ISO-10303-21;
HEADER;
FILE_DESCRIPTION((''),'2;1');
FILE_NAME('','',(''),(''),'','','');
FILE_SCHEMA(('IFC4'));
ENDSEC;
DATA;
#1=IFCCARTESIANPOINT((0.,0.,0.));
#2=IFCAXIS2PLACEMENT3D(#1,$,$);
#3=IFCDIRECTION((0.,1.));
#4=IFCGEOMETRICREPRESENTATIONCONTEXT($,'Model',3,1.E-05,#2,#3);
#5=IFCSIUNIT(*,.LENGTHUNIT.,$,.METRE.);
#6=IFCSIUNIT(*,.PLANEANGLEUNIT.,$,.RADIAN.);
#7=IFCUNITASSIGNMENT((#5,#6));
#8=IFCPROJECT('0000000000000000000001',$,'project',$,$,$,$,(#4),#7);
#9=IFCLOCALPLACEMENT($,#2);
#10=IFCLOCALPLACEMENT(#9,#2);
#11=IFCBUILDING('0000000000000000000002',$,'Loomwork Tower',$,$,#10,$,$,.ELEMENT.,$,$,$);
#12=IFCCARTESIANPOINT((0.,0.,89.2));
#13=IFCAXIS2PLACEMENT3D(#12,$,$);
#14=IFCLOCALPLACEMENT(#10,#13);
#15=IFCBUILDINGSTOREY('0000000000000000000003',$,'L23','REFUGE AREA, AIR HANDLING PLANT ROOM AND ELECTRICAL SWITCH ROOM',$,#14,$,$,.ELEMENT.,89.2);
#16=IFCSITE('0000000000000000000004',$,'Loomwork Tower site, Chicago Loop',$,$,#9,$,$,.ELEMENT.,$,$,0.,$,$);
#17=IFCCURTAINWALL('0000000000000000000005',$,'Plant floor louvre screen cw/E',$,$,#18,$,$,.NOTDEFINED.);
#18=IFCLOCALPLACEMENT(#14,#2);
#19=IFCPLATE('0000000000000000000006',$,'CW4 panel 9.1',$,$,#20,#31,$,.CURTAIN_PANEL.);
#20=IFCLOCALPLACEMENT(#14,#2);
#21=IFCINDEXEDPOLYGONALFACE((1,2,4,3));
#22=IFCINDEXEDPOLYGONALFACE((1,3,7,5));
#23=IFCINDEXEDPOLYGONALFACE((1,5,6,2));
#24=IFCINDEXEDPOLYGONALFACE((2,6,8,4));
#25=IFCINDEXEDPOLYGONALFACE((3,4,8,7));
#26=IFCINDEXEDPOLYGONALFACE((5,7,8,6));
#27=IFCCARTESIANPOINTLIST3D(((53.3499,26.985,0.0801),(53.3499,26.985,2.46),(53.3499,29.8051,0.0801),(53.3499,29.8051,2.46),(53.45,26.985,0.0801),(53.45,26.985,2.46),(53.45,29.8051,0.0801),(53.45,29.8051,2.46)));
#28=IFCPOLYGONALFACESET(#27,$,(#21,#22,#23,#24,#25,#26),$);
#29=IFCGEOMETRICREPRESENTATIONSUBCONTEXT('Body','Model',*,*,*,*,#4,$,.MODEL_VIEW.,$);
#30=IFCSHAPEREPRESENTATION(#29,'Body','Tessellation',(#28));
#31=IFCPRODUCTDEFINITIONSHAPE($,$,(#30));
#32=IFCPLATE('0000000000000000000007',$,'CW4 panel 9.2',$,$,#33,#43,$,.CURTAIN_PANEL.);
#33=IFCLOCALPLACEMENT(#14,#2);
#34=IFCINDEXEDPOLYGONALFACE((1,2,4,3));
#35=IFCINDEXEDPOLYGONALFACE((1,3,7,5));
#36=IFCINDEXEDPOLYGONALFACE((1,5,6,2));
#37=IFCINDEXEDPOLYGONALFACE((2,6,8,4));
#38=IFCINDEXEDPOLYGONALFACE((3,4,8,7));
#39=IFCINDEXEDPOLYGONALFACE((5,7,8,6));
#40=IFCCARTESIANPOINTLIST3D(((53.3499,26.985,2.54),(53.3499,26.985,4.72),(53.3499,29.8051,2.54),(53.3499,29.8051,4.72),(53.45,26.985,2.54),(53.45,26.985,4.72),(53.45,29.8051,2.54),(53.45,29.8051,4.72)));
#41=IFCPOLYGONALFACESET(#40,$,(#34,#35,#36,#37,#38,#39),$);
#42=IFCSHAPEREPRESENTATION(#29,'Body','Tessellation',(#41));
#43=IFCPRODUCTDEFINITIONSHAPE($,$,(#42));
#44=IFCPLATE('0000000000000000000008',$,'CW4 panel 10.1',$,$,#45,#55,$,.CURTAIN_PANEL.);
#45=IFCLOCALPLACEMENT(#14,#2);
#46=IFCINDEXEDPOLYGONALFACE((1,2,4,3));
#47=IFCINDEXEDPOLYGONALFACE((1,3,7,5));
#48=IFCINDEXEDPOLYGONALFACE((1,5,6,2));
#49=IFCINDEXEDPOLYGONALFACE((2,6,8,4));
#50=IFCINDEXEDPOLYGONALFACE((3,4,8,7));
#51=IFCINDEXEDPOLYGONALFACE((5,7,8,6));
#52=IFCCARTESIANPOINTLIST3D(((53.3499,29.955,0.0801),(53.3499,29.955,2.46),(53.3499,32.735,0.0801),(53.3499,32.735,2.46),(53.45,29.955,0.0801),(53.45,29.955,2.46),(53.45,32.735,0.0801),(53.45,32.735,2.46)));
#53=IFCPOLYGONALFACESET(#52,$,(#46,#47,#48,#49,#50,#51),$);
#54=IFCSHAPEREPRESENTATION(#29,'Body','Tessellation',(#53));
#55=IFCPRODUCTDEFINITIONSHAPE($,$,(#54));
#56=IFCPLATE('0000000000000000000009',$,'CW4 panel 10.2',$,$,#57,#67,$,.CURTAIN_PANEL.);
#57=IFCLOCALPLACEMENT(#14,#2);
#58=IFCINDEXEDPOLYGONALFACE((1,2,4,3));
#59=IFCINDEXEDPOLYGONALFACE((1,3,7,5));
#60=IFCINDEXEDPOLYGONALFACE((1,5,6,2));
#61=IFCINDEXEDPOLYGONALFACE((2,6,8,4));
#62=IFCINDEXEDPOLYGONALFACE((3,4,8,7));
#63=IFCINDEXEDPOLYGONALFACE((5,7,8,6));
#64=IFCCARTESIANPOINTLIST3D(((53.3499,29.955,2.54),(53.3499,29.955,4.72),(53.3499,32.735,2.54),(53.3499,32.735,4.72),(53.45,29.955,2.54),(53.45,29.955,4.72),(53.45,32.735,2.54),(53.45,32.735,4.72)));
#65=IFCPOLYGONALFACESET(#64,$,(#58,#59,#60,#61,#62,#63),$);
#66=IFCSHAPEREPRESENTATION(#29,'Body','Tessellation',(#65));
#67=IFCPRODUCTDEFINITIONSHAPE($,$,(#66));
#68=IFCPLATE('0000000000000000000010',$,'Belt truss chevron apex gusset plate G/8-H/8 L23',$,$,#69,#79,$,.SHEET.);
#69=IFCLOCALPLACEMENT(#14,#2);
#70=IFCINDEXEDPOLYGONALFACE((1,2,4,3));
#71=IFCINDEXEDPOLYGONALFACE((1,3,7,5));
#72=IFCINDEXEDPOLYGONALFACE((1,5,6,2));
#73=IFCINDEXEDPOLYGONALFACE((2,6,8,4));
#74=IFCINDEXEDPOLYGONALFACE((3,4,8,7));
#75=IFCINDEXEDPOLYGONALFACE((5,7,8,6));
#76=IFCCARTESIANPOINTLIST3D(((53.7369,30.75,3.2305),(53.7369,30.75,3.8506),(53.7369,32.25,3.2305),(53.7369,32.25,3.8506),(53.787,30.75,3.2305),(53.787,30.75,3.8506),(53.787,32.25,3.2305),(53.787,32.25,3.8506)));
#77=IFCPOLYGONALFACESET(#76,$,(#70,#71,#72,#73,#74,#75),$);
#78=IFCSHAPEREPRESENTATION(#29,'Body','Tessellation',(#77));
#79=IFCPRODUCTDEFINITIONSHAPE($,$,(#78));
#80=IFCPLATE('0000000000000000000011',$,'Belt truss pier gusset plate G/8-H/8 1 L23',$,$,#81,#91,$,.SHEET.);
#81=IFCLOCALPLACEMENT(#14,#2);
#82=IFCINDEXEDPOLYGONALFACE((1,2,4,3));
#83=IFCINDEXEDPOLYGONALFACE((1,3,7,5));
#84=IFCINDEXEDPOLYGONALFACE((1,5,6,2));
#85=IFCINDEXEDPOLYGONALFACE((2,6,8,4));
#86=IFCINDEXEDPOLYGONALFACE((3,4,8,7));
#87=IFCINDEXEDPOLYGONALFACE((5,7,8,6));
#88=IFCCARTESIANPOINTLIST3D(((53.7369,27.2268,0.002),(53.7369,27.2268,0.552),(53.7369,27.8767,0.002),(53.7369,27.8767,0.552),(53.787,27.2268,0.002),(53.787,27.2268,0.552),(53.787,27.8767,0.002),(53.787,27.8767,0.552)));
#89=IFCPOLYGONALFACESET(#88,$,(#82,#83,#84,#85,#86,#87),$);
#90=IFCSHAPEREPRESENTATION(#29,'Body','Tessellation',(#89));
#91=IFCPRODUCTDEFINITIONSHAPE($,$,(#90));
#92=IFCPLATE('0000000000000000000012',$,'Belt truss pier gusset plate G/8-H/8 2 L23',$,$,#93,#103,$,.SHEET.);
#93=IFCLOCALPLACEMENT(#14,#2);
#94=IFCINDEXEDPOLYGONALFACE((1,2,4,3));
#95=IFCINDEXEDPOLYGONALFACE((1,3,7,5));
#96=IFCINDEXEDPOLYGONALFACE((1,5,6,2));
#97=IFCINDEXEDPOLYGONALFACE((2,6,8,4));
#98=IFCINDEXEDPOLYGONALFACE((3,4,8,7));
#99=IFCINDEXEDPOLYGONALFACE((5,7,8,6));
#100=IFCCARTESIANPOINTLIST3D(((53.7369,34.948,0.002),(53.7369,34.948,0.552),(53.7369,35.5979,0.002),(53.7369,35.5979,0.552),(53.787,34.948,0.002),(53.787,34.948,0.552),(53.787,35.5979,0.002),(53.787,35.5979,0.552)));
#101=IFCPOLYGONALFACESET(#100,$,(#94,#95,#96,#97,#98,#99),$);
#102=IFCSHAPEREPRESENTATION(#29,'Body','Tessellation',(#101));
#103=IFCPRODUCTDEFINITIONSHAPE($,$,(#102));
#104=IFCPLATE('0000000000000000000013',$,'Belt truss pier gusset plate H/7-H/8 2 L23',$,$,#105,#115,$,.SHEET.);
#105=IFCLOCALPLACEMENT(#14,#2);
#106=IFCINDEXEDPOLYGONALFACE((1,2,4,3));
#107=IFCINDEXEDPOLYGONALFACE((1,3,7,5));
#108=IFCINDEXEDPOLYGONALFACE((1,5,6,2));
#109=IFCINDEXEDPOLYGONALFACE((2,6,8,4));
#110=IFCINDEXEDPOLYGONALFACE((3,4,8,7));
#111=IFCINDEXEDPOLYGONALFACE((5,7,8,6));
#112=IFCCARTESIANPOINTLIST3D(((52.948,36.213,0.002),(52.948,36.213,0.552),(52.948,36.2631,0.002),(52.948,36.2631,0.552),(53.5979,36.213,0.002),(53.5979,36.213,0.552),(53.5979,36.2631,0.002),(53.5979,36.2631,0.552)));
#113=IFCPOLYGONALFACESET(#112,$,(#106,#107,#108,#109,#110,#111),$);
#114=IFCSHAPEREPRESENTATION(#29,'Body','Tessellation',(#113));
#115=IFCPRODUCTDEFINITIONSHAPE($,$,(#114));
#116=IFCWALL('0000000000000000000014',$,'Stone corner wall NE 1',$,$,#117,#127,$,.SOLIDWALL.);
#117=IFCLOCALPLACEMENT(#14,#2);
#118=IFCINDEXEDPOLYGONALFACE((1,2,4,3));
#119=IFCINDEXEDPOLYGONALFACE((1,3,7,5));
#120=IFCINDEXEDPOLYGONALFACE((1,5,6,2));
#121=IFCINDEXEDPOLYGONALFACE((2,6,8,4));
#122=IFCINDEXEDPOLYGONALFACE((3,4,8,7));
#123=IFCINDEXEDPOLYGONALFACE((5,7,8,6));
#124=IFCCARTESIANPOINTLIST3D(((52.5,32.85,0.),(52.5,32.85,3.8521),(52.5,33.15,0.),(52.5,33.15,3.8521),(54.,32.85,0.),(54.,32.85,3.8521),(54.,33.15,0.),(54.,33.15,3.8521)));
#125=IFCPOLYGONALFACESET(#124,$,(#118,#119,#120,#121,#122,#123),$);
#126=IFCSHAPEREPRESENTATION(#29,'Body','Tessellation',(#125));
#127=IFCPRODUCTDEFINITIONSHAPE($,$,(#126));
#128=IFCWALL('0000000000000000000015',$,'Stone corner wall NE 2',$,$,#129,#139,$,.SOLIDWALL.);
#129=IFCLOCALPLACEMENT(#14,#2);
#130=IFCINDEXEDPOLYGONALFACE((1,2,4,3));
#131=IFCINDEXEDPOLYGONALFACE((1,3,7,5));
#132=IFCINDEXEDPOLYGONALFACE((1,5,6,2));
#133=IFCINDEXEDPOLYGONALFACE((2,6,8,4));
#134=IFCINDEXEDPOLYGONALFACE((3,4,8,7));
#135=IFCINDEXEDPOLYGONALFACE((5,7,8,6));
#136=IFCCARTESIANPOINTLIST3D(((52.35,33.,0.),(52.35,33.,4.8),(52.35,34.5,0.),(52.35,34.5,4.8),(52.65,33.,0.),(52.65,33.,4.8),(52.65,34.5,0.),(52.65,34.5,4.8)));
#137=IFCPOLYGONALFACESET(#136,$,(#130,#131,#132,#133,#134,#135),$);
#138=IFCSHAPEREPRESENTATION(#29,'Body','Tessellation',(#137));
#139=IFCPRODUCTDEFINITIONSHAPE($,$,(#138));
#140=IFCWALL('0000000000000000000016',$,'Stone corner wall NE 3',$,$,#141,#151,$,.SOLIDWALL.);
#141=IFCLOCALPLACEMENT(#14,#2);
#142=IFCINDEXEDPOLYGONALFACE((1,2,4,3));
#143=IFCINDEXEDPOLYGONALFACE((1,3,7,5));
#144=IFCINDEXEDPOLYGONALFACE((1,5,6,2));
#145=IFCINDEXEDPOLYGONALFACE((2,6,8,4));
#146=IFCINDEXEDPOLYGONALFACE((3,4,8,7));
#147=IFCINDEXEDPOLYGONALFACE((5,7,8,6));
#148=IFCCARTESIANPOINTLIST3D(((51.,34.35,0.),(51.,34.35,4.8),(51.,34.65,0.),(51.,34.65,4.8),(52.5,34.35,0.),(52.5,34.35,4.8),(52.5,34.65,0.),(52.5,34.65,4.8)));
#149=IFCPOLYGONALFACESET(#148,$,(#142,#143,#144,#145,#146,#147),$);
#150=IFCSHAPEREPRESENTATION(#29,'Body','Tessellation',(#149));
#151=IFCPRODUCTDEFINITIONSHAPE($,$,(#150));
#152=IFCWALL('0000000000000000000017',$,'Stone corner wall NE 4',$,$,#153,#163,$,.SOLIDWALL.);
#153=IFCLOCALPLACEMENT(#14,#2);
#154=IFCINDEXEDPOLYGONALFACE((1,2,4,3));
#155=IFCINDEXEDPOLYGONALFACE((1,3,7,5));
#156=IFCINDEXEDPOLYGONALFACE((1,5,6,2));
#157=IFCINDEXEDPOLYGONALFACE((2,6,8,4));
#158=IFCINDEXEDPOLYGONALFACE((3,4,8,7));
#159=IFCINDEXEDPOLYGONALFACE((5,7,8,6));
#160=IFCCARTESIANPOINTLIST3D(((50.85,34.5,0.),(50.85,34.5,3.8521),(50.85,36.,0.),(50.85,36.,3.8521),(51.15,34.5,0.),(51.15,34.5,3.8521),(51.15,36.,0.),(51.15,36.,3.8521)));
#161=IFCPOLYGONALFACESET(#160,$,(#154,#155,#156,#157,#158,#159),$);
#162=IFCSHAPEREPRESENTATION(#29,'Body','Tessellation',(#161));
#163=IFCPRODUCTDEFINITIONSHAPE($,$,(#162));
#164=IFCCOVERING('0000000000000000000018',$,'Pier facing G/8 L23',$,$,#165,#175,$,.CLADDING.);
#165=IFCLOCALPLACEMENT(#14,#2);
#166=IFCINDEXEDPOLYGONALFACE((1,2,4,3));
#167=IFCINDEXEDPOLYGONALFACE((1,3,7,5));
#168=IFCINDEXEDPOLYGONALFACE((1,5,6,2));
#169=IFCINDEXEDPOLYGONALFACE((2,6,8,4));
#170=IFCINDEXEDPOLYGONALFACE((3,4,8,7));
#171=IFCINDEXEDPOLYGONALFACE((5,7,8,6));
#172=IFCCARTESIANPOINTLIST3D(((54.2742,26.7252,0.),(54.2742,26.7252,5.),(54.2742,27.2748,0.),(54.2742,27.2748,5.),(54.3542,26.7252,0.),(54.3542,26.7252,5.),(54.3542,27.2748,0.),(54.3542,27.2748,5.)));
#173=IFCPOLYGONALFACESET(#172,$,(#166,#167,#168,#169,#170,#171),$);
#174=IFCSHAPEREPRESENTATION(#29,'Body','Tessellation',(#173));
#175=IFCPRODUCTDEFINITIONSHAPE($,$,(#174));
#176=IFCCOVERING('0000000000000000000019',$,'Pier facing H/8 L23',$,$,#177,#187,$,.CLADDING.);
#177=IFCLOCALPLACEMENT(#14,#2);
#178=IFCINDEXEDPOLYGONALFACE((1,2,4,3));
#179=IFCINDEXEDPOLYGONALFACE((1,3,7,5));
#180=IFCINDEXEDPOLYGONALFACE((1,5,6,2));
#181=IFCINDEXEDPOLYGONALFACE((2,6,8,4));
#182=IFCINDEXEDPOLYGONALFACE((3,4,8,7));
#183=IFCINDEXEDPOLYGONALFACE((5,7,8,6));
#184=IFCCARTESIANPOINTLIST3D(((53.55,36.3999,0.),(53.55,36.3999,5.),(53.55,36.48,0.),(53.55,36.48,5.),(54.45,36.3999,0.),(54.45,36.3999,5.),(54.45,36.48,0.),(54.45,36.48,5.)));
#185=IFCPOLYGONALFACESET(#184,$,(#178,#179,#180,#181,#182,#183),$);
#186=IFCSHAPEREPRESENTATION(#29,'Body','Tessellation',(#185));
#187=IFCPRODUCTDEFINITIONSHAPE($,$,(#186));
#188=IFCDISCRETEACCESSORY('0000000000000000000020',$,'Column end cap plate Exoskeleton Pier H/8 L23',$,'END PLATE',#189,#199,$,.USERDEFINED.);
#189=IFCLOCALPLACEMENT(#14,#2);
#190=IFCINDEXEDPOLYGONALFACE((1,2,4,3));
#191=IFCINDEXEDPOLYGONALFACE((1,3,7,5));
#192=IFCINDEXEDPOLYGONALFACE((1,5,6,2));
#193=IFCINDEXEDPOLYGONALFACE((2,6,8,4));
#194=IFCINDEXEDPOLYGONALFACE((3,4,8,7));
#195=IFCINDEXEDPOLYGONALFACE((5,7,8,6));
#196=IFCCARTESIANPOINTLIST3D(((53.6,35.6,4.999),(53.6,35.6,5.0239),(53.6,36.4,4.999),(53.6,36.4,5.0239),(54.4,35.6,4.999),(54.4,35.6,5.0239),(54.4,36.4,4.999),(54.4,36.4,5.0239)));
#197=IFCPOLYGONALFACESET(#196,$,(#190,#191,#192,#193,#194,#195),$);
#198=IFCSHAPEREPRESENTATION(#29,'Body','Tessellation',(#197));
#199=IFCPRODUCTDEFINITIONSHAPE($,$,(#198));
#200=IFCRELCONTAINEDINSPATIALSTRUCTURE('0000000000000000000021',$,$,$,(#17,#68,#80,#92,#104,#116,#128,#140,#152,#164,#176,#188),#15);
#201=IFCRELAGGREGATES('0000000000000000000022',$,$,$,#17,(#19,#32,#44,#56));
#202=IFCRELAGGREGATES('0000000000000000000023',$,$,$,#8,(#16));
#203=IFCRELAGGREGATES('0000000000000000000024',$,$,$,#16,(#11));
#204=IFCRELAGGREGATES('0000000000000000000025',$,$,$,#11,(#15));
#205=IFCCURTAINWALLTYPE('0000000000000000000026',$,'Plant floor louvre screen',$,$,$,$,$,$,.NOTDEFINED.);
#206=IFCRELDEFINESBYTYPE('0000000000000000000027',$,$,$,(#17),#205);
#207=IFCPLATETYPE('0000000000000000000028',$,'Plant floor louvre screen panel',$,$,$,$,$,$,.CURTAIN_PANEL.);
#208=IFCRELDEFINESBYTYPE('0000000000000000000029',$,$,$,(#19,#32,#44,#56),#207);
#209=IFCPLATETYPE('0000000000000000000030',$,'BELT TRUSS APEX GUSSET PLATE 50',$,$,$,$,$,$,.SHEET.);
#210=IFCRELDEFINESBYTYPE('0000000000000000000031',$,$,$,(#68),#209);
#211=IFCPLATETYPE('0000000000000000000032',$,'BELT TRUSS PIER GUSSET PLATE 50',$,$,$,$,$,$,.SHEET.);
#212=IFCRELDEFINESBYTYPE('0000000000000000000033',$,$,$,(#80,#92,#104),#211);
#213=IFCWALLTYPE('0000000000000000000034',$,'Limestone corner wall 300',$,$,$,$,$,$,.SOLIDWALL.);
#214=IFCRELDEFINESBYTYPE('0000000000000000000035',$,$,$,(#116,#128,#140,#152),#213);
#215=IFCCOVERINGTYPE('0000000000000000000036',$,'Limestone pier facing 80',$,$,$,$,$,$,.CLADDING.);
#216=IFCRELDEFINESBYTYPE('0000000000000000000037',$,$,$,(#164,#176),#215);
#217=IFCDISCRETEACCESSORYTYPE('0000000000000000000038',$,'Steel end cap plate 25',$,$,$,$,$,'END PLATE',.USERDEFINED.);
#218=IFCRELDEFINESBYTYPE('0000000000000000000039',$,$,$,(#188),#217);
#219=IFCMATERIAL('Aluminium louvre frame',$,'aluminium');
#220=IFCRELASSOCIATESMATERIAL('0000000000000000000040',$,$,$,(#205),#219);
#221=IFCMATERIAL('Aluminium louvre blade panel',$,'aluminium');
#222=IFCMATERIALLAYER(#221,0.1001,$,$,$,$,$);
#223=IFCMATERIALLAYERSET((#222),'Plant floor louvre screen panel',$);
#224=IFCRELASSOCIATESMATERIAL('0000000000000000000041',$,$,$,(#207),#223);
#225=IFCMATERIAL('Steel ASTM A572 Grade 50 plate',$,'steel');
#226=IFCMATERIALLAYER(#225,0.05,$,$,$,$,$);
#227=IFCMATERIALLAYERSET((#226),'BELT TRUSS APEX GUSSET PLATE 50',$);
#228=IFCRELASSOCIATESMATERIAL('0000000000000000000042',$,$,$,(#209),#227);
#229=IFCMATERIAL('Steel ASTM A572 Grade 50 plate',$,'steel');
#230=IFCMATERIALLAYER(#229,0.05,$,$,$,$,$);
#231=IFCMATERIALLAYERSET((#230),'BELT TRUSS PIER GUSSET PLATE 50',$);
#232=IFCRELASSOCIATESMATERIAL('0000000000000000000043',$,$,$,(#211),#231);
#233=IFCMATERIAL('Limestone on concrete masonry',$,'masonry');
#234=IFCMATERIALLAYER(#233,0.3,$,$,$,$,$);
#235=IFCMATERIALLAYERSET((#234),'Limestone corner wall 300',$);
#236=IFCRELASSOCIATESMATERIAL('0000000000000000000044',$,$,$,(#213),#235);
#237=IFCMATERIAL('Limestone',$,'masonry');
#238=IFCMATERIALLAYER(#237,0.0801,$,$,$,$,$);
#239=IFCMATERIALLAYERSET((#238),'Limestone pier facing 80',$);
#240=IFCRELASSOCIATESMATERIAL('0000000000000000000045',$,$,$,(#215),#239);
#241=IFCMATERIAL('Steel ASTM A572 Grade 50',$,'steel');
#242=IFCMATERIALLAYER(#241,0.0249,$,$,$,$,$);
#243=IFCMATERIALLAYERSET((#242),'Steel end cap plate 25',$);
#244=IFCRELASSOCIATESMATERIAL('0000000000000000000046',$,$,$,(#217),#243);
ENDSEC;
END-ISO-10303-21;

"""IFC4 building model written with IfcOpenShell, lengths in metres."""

from ifc_helpers import new_model, si_unit, direction, frame, frame_2d, origin, origin_2d, place, context, subcontext, project, spatial, rectangle, extrude, material, layer, layer_set, type_object, element, aggregate, save


model = new_model("IFC4")

# Units and contexts
model_context = context("Model", 3, precision=1e-05, world=origin(), true_north=direction((0.0, 1.0)))
body_context = subcontext(model_context, "Body", "Model", "MODEL_VIEW")
ifc_project = project(units=[si_unit("LENGTHUNIT", "METRE"), si_unit("PLANEANGLEUNIT", "RADIAN")], contexts=[model_context])

# Site, building, storey
site_placement = place(None, origin())
site = spatial("IfcSite", under=ifc_project, at=site_placement, Name="Loomwork Tower site, Chicago Loop", CompositionType="ELEMENT", RefElevation=0.0)
building_placement = place(site_placement, origin())
building = spatial("IfcBuilding", under=site, at=building_placement, Name="Loomwork Tower", CompositionType="ELEMENT")
storey_placement = place(building_placement, frame((0.0, 0.0, 89.2)))
storey = spatial("IfcBuildingStorey", under=building, at=storey_placement, Name="L23", Description="REFUGE AREA, AIR HANDLING PLANT ROOM AND ELECTRICAL SWITCH ROOM", CompositionType="ELEMENT", Elevation=89.2)

# Curtain wall, plates
ifc_material_1 = material(Name="Aluminium louvre frame", Category="aluminium")
curtain_wall_type = type_object("IfcCurtainWallType", Name="Plant floor louvre screen", PredefinedType="NOTDEFINED", material=ifc_material_1)
curtain_wall_placement = place(storey_placement, origin())
curtain_wall = element("IfcCurtainWall", 1, at=curtain_wall_placement, inside=storey, type_object=curtain_wall_type, Name="Plant floor louvre screen cw/E", PredefinedType="NOTDEFINED")
ifc_material_2 = material(Name="Aluminium louvre blade panel", Category="aluminium")
ifc_layer_1 = layer(ifc_material_2, 0.1001)
ifc_layer_set_1 = layer_set([ifc_layer_1], Name="Plant floor louvre screen panel")
plate_type_1 = type_object("IfcPlateType", Name="Plant floor louvre screen panel", PredefinedType="CURTAIN_PANEL", material=ifc_layer_set_1)
plate_1_placement = place(storey_placement, frame((53.3999, 28.395, 0.0801), z_axis=(0.0, 0.0, 1.0), x_axis=(0.0, 1.0, 0.0)))
plate_1 = element("IfcPlate", 2, at=plate_1_placement, type_object=plate_type_1, Name="CW4 panel 9.1", PredefinedType="CURTAIN_PANEL", context=body_context, shape_type="SweptSolid", body=[
    extrude(rectangle(XDim=2.8201, YDim=0.1001, at=origin_2d()), origin(), (0.0, 0.0, 1.0), 2.3799),
])
plate_2_placement = place(storey_placement, frame((53.3999, 28.395, 2.54), z_axis=(0.0, 0.0, 1.0), x_axis=(0.0, 1.0, 0.0)))
plate_2 = element("IfcPlate", 3, at=plate_2_placement, type_object=plate_type_1, Name="CW4 panel 9.2", PredefinedType="CURTAIN_PANEL", context=body_context, shape_type="SweptSolid", body=[
    extrude(rectangle(XDim=2.8201, YDim=0.1001, at=origin_2d()), origin(), (0.0, 0.0, 1.0), 2.1799),
])
plate_3_placement = place(storey_placement, frame((53.3999, 31.345, 0.0801), z_axis=(0.0, 0.0, 1.0), x_axis=(0.0, 1.0, 0.0)))
plate_3 = element("IfcPlate", 4, at=plate_3_placement, type_object=plate_type_1, Name="CW4 panel 10.1", PredefinedType="CURTAIN_PANEL", context=body_context, shape_type="SweptSolid", body=[
    extrude(rectangle(XDim=2.78, YDim=0.1001, at=origin_2d()), origin(), (0.0, 0.0, 1.0), 2.3799),
])
plate_4_placement = place(storey_placement, frame((53.3999, 31.345, 2.54), z_axis=(0.0, 0.0, 1.0), x_axis=(0.0, 1.0, 0.0)))
plate_4 = element("IfcPlate", 5, at=plate_4_placement, type_object=plate_type_1, Name="CW4 panel 10.2", PredefinedType="CURTAIN_PANEL", context=body_context, shape_type="SweptSolid", body=[
    extrude(rectangle(XDim=2.78, YDim=0.1001, at=origin_2d()), origin(), (0.0, 0.0, 1.0), 2.1799),
])
aggregate(curtain_wall, [plate_1, plate_2, plate_3, plate_4])

# Plates
ifc_material_3 = material(Name="Steel ASTM A572 Grade 50 plate", Category="steel")
ifc_layer_2 = layer(ifc_material_3, 0.05)
ifc_layer_set_2 = layer_set([ifc_layer_2], Name="BELT TRUSS APEX GUSSET PLATE 50")
plate_type_2 = type_object("IfcPlateType", Name="BELT TRUSS APEX GUSSET PLATE 50", PredefinedType="SHEET", material=ifc_layer_set_2)
plate_5_placement = place(storey_placement, frame((53.762, 31.5, 3.2305), z_axis=(0.0, 0.0, 1.0), x_axis=(0.0, 1.0, 0.0)))
element("IfcPlate", 6, at=plate_5_placement, inside=storey, type_object=plate_type_2, Name="Belt truss chevron apex gusset plate G/8-H/8 L23", PredefinedType="SHEET", context=body_context, shape_type="SweptSolid", body=[
    extrude(rectangle(XDim=1.5, YDim=0.05, at=origin_2d()), origin(), (0.0, 0.0, 1.0), 0.6201),
])
ifc_material_4 = material(Name="Steel ASTM A572 Grade 50 plate", Category="steel")
ifc_layer_3 = layer(ifc_material_4, 0.05)
ifc_layer_set_3 = layer_set([ifc_layer_3], Name="BELT TRUSS PIER GUSSET PLATE 50")
plate_type_3 = type_object("IfcPlateType", Name="BELT TRUSS PIER GUSSET PLATE 50", PredefinedType="SHEET", material=ifc_layer_set_3)
for number, where, z_axis, x_axis, name in (
    (7, (53.762, 27.5518, 0.002), (0.0, 0.0, 1.0), (0.0, 1.0, 0.0), "Belt truss pier gusset plate G/8-H/8 1 L23"),
    (8, (53.762, 35.2729, 0.002), (0.0, 0.0, 1.0), (0.0, 1.0, 0.0), "Belt truss pier gusset plate G/8-H/8 2 L23"),
    (9, (53.2729, 36.238, 0.002), (0.0, 0.0, 1.0), (1.0, 0.0, 0.0), "Belt truss pier gusset plate H/7-H/8 2 L23"),
):
    element("IfcPlate", number, at=place(storey_placement, frame(where, z_axis=z_axis, x_axis=x_axis)), inside=storey, type_object=plate_type_3, Name=name, PredefinedType="SHEET", context=body_context, shape_type="SweptSolid", body=[
        extrude(rectangle(XDim=0.6499, YDim=0.05, at=origin_2d()), origin(), (0.0, 0.0, 1.0), 0.55),
    ])

# Walls
ifc_material_5 = material(Name="Limestone on concrete masonry", Category="masonry")
ifc_layer_4 = layer(ifc_material_5, 0.3)
ifc_layer_set_4 = layer_set([ifc_layer_4], Name="Limestone corner wall 300")
wall_type = type_object("IfcWallType", Name="Limestone corner wall 300", PredefinedType="SOLIDWALL", material=ifc_layer_set_4)
wall_1_placement = place(storey_placement, frame((54.0, 33.0, 0.0), z_axis=(0.0, 0.0, 1.0), x_axis=(-1.0, 0.0, 0.0)))
element("IfcWall", 10, at=wall_1_placement, inside=storey, type_object=wall_type, Name="Stone corner wall NE 1", PredefinedType="SOLIDWALL", context=body_context, shape_type="SweptSolid", body=[
    extrude(rectangle(XDim=1.5, YDim=0.3, at=frame_2d((0.75, 0.0))), origin(), (0.0, 0.0, 1.0), 3.8521),
])
for number, where, z_axis, x_axis, name in (
    (11, (52.5, 33.0, 0.0), (0.0, 0.0, 1.0), (0.0, 1.0, 0.0), "Stone corner wall NE 2"),
    (12, (52.5, 34.5, 0.0), (0.0, 0.0, 1.0), (-1.0, 0.0, 0.0), "Stone corner wall NE 3"),
):
    element("IfcWall", number, at=place(storey_placement, frame(where, z_axis=z_axis, x_axis=x_axis)), inside=storey, type_object=wall_type, Name=name, PredefinedType="SOLIDWALL", context=body_context, shape_type="SweptSolid", body=[
        extrude(rectangle(XDim=1.5, YDim=0.3, at=frame_2d((0.75, 0.0))), origin(), (0.0, 0.0, 1.0), 4.8),
    ])
wall_2_placement = place(storey_placement, frame((51.0, 34.5, 0.0), z_axis=(0.0, 0.0, 1.0), x_axis=(0.0, 1.0, 0.0)))
element("IfcWall", 13, at=wall_2_placement, inside=storey, type_object=wall_type, Name="Stone corner wall NE 4", PredefinedType="SOLIDWALL", context=body_context, shape_type="SweptSolid", body=[
    extrude(rectangle(XDim=1.5, YDim=0.3, at=frame_2d((0.75, 0.0))), origin(), (0.0, 0.0, 1.0), 3.8521),
])

# Coverings
ifc_material_6 = material(Name="Limestone", Category="masonry")
ifc_layer_5 = layer(ifc_material_6, 0.0801)
ifc_layer_set_5 = layer_set([ifc_layer_5], Name="Limestone pier facing 80")
covering_type = type_object("IfcCoveringType", Name="Limestone pier facing 80", PredefinedType="CLADDING", material=ifc_layer_set_5)
covering_1_placement = place(storey_placement, frame((54.3142, 27.0, 0.0), z_axis=(0.0, 0.0, 1.0), x_axis=(1.0, 0.0, 0.0)))
element("IfcCovering", 14, at=covering_1_placement, inside=storey, type_object=covering_type, Name="Pier facing G/8 L23", PredefinedType="CLADDING", context=body_context, shape_type="SweptSolid", body=[
    extrude(rectangle(XDim=0.0801, YDim=0.5496, at=origin_2d()), origin(), (0.0, 0.0, 1.0), 5.0),
])
covering_2_placement = place(storey_placement, frame((54.0, 36.4399, 0.0), z_axis=(0.0, 0.0, 1.0), x_axis=(1.0, 0.0, 0.0)))
element("IfcCovering", 15, at=covering_2_placement, inside=storey, type_object=covering_type, Name="Pier facing H/8 L23", PredefinedType="CLADDING", context=body_context, shape_type="SweptSolid", body=[
    extrude(rectangle(XDim=0.8999, YDim=0.0801, at=origin_2d()), origin(), (0.0, 0.0, 1.0), 5.0),
])

# Discrete accessory
ifc_material_7 = material(Name="Steel ASTM A572 Grade 50", Category="steel")
ifc_layer_6 = layer(ifc_material_7, 0.0249)
ifc_layer_set_6 = layer_set([ifc_layer_6], Name="Steel end cap plate 25")
discrete_accessory_type = type_object("IfcDiscreteAccessoryType", Name="Steel end cap plate 25", ElementType="END PLATE", PredefinedType="USERDEFINED", material=ifc_layer_set_6)
discrete_accessory_placement = place(storey_placement, frame((54.0, 36.0, 4.999), z_axis=(0.0, 0.0, 1.0), x_axis=(1.0, 0.0, 0.0)))
element("IfcDiscreteAccessory", 16, at=discrete_accessory_placement, inside=storey, type_object=discrete_accessory_type, Name="Column end cap plate Exoskeleton Pier H/8 L23", ObjectType="END PLATE", PredefinedType="USERDEFINED", context=body_context, shape_type="SweptSolid", body=[
    extrude(rectangle(XDim=0.8, YDim=0.8, at=origin_2d()), origin(), (0.0, 0.0, 1.0), 0.0249),
])

save(model, "model.ifc")
